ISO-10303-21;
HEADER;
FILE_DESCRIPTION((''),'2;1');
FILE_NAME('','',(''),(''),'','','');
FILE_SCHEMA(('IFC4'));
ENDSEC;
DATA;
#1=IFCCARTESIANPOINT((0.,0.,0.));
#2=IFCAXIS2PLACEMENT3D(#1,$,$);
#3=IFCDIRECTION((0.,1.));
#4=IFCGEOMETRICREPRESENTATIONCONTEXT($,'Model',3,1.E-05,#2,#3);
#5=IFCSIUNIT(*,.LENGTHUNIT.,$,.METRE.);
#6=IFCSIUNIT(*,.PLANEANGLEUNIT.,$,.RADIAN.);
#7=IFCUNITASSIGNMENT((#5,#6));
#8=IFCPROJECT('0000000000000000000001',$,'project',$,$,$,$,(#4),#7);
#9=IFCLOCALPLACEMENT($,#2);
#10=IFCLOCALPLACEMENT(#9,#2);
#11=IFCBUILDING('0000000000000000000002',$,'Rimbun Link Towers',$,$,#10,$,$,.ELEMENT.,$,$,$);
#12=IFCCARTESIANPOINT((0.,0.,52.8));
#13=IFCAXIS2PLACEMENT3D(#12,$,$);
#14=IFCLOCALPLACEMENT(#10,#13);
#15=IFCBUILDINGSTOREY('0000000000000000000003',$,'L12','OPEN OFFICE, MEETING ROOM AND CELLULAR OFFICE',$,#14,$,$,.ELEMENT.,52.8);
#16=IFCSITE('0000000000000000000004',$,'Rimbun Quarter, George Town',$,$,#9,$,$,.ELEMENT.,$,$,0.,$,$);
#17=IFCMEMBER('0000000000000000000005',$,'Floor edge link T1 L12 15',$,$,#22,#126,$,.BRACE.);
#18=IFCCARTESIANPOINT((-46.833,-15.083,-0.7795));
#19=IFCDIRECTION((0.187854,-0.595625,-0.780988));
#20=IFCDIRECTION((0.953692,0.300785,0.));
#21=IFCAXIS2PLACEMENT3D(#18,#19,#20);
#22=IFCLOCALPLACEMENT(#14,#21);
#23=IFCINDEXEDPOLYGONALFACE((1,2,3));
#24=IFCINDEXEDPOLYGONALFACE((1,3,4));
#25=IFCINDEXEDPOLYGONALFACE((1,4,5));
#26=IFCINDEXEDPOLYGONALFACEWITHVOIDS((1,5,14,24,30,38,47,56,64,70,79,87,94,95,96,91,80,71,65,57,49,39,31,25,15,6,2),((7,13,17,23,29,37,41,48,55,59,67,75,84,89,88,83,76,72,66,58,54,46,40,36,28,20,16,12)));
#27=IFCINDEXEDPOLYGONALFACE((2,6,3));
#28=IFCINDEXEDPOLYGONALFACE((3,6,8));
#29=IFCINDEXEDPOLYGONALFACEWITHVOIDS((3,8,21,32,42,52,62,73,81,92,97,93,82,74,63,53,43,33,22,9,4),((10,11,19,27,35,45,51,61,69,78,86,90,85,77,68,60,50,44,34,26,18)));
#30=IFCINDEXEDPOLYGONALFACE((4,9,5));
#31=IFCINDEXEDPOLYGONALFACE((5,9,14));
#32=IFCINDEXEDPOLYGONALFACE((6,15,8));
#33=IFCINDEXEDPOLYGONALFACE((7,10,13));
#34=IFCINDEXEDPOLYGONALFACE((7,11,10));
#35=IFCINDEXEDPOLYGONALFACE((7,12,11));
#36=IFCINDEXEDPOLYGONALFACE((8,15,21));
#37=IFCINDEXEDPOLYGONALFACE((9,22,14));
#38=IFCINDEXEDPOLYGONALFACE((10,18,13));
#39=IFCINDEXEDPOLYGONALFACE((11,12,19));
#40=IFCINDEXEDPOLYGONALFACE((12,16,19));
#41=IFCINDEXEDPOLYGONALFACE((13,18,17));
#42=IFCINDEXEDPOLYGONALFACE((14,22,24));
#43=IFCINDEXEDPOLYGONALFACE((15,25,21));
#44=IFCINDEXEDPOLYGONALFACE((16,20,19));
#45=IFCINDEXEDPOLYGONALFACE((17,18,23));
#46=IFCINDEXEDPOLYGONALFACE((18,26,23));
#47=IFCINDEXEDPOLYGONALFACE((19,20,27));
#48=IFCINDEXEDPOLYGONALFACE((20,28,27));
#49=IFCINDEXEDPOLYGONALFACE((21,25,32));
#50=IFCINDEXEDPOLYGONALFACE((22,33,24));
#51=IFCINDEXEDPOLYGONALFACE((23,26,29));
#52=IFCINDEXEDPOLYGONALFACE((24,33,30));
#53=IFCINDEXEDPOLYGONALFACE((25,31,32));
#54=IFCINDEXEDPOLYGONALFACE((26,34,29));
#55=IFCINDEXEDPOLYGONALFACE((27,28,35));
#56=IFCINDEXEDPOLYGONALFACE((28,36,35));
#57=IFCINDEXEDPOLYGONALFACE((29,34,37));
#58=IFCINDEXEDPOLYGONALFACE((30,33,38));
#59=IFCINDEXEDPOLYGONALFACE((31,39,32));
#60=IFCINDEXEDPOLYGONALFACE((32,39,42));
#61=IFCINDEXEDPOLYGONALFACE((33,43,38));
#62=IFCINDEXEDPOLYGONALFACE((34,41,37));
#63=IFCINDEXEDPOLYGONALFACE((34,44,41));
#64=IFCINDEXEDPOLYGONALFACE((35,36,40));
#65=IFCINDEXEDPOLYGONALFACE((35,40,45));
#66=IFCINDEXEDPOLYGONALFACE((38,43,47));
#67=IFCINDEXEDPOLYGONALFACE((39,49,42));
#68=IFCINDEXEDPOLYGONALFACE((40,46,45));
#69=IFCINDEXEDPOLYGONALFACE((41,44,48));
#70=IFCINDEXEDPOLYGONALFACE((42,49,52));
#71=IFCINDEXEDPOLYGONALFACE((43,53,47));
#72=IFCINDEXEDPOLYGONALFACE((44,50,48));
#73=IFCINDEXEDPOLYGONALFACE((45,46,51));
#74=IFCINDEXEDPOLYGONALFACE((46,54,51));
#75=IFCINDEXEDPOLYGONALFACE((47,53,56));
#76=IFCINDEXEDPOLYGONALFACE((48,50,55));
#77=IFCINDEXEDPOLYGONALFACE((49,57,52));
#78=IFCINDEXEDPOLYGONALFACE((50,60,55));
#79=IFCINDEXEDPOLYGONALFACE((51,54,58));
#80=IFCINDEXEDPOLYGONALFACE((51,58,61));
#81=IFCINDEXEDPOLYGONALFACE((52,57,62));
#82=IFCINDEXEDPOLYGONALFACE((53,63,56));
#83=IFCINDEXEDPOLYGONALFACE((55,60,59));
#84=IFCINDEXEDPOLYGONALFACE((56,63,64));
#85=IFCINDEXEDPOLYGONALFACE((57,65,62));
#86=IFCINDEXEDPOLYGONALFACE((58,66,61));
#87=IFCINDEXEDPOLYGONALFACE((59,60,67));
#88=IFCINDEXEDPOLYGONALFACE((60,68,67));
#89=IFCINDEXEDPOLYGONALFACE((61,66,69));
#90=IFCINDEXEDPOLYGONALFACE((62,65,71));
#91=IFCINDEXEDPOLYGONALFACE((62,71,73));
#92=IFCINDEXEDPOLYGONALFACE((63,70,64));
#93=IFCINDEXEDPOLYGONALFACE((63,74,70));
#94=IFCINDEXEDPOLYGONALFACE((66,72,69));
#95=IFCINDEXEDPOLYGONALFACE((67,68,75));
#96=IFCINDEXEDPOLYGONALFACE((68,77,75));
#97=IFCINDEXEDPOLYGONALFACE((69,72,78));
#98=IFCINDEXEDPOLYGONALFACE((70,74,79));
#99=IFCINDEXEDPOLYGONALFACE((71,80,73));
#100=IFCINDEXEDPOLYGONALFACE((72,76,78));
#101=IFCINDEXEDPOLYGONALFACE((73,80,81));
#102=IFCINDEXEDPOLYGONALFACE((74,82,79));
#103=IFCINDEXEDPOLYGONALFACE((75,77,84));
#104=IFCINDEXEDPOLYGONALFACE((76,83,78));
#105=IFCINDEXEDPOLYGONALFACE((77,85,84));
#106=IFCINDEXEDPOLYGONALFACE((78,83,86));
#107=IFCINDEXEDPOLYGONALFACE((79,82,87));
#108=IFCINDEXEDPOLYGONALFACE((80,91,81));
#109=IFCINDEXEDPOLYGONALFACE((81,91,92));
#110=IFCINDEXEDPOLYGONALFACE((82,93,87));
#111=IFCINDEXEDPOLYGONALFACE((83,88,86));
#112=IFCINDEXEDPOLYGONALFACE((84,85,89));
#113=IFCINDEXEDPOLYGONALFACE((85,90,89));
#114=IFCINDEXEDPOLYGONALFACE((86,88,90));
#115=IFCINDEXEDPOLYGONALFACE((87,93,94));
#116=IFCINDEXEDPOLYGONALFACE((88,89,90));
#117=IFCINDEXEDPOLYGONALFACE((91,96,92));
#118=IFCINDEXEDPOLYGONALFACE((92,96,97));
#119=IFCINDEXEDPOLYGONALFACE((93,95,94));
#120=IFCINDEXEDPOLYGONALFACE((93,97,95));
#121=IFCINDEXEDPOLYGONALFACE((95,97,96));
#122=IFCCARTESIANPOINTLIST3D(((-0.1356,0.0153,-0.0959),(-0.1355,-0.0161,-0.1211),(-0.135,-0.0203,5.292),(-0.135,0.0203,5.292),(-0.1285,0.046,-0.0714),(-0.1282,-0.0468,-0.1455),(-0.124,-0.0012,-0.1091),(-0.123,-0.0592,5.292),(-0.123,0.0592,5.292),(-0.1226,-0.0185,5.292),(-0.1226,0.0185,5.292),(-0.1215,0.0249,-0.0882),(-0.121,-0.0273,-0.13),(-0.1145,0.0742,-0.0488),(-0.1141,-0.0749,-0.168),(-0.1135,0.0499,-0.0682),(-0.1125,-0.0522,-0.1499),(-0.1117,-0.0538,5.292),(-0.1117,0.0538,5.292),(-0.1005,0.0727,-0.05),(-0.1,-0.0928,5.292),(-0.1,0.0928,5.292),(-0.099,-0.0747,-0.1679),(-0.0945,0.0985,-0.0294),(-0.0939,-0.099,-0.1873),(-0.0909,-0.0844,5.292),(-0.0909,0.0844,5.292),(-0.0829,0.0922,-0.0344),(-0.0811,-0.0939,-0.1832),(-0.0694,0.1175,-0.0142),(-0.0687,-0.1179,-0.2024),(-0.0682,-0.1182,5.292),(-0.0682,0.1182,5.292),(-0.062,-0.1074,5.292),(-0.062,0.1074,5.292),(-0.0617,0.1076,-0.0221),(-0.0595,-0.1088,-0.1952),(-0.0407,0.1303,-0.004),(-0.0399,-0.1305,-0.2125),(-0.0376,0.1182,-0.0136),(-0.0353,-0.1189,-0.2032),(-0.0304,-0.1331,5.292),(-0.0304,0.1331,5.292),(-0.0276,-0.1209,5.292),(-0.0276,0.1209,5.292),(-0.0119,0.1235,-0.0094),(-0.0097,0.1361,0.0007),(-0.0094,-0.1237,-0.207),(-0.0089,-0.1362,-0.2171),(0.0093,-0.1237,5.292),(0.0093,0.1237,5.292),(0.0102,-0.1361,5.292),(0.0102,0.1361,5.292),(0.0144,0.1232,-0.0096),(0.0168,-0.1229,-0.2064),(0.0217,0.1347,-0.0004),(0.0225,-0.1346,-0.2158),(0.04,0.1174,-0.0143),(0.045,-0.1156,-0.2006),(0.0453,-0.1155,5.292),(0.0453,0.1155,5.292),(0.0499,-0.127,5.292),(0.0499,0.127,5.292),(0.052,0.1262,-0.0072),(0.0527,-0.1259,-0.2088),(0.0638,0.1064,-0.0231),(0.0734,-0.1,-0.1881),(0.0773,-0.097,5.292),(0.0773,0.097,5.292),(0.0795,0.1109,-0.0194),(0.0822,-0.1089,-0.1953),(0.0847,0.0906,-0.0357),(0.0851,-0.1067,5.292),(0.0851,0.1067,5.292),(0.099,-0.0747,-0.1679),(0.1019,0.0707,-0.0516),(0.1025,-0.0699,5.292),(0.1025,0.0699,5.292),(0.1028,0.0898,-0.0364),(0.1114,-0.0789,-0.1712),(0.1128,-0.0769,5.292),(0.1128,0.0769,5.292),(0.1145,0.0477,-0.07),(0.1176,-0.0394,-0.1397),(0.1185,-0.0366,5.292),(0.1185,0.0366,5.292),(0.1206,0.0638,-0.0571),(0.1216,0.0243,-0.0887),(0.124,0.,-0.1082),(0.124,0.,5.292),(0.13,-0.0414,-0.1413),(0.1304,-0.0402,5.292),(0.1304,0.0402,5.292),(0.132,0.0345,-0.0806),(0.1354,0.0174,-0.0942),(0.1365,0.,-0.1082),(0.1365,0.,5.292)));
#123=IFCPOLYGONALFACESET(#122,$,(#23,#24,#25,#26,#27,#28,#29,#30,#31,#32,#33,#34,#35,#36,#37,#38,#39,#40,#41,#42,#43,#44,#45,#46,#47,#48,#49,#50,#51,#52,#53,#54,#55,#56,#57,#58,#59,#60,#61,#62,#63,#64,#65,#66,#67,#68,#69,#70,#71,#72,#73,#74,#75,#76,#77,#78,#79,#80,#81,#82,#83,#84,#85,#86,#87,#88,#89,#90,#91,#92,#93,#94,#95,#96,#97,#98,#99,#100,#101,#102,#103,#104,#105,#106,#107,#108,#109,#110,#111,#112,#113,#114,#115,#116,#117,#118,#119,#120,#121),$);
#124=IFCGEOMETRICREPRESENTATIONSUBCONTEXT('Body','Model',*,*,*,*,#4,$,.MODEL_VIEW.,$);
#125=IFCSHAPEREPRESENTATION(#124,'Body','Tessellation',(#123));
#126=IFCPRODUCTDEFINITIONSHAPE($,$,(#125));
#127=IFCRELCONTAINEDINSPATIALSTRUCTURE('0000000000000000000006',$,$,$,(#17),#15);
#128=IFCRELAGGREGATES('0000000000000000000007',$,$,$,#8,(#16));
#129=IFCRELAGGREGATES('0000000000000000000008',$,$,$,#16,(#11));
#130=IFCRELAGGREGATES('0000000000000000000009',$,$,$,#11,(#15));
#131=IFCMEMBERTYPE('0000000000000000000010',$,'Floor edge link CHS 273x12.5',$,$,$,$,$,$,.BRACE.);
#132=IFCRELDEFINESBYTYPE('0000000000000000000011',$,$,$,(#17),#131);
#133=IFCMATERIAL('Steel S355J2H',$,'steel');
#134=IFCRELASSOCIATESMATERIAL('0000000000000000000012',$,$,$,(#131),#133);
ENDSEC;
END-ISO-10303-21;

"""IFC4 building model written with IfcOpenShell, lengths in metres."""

from ifc_helpers import new_model, si_unit, direction, frame, origin, origin_2d, place, context, subcontext, project, spatial, hollow_circle, extrude, clip, halfspace, material, material_profile, profile_set, type_object, element, save


model = new_model("IFC4")

# Units and contexts
model_context = context("Model", 3, precision=1e-05, world=origin(), true_north=direction((0.0, 1.0)))
body_context = subcontext(model_context, "Body", "Model", "MODEL_VIEW")
ifc_project = project(units=[si_unit("LENGTHUNIT", "METRE"), si_unit("PLANEANGLEUNIT", "RADIAN")], contexts=[model_context])

# Site, building, storey
site_placement = place(None, origin())
site = spatial("IfcSite", under=ifc_project, at=site_placement, Name="Rimbun Quarter, George Town", CompositionType="ELEMENT", RefElevation=0.0)
building_placement = place(site_placement, origin())
building = spatial("IfcBuilding", under=site, at=building_placement, Name="Rimbun Link Towers", CompositionType="ELEMENT")
storey_placement = place(building_placement, frame((0.0, 0.0, 52.8)))
storey = spatial("IfcBuildingStorey", under=building, at=storey_placement, Name="L12", Description="OPEN OFFICE, MEETING ROOM AND CELLULAR OFFICE", CompositionType="ELEMENT", Elevation=52.8)

# Member
ifc_material_1 = material(Name="Steel S355J2H", Category="steel")
ifc_material_profile_1 = material_profile(ifc_material_1, hollow_circle(Radius=0.1365, WallThickness=0.0125, at=origin_2d()), Name="CHS 273x12.5")
ifc_profile_set_1 = profile_set([ifc_material_profile_1], Name="Steel S355J2H")
member_type_1 = type_object("IfcMemberType", Name="Floor edge link CHS 273x12.5", PredefinedType="BRACE", material=ifc_profile_set_1)
member_1_placement = place(storey_placement, frame((-46.833, -15.083, -0.7795), z_axis=(0.187854, -0.595625, -0.780988), x_axis=(0.953692, 0.300785, 0.0)))
element("IfcMember", 1, at=member_1_placement, inside=storey, type_object=member_type_1, Name="Floor edge link T1 L12 15", PredefinedType="BRACE", context=body_context, shape_type="Clipping", body=[
    clip(extrude(hollow_circle(Radius=0.1365, WallThickness=0.0125, at=origin_2d()), frame((0.0, 0.0, -0.2312)), (0.0, 0.0, 1.0), 5.5232), halfspace(frame((0.0, 0.0, -0.1082), z_axis=(0.0, 0.624546, -0.780988)), False)),
])

save(model, "model.ifc")
